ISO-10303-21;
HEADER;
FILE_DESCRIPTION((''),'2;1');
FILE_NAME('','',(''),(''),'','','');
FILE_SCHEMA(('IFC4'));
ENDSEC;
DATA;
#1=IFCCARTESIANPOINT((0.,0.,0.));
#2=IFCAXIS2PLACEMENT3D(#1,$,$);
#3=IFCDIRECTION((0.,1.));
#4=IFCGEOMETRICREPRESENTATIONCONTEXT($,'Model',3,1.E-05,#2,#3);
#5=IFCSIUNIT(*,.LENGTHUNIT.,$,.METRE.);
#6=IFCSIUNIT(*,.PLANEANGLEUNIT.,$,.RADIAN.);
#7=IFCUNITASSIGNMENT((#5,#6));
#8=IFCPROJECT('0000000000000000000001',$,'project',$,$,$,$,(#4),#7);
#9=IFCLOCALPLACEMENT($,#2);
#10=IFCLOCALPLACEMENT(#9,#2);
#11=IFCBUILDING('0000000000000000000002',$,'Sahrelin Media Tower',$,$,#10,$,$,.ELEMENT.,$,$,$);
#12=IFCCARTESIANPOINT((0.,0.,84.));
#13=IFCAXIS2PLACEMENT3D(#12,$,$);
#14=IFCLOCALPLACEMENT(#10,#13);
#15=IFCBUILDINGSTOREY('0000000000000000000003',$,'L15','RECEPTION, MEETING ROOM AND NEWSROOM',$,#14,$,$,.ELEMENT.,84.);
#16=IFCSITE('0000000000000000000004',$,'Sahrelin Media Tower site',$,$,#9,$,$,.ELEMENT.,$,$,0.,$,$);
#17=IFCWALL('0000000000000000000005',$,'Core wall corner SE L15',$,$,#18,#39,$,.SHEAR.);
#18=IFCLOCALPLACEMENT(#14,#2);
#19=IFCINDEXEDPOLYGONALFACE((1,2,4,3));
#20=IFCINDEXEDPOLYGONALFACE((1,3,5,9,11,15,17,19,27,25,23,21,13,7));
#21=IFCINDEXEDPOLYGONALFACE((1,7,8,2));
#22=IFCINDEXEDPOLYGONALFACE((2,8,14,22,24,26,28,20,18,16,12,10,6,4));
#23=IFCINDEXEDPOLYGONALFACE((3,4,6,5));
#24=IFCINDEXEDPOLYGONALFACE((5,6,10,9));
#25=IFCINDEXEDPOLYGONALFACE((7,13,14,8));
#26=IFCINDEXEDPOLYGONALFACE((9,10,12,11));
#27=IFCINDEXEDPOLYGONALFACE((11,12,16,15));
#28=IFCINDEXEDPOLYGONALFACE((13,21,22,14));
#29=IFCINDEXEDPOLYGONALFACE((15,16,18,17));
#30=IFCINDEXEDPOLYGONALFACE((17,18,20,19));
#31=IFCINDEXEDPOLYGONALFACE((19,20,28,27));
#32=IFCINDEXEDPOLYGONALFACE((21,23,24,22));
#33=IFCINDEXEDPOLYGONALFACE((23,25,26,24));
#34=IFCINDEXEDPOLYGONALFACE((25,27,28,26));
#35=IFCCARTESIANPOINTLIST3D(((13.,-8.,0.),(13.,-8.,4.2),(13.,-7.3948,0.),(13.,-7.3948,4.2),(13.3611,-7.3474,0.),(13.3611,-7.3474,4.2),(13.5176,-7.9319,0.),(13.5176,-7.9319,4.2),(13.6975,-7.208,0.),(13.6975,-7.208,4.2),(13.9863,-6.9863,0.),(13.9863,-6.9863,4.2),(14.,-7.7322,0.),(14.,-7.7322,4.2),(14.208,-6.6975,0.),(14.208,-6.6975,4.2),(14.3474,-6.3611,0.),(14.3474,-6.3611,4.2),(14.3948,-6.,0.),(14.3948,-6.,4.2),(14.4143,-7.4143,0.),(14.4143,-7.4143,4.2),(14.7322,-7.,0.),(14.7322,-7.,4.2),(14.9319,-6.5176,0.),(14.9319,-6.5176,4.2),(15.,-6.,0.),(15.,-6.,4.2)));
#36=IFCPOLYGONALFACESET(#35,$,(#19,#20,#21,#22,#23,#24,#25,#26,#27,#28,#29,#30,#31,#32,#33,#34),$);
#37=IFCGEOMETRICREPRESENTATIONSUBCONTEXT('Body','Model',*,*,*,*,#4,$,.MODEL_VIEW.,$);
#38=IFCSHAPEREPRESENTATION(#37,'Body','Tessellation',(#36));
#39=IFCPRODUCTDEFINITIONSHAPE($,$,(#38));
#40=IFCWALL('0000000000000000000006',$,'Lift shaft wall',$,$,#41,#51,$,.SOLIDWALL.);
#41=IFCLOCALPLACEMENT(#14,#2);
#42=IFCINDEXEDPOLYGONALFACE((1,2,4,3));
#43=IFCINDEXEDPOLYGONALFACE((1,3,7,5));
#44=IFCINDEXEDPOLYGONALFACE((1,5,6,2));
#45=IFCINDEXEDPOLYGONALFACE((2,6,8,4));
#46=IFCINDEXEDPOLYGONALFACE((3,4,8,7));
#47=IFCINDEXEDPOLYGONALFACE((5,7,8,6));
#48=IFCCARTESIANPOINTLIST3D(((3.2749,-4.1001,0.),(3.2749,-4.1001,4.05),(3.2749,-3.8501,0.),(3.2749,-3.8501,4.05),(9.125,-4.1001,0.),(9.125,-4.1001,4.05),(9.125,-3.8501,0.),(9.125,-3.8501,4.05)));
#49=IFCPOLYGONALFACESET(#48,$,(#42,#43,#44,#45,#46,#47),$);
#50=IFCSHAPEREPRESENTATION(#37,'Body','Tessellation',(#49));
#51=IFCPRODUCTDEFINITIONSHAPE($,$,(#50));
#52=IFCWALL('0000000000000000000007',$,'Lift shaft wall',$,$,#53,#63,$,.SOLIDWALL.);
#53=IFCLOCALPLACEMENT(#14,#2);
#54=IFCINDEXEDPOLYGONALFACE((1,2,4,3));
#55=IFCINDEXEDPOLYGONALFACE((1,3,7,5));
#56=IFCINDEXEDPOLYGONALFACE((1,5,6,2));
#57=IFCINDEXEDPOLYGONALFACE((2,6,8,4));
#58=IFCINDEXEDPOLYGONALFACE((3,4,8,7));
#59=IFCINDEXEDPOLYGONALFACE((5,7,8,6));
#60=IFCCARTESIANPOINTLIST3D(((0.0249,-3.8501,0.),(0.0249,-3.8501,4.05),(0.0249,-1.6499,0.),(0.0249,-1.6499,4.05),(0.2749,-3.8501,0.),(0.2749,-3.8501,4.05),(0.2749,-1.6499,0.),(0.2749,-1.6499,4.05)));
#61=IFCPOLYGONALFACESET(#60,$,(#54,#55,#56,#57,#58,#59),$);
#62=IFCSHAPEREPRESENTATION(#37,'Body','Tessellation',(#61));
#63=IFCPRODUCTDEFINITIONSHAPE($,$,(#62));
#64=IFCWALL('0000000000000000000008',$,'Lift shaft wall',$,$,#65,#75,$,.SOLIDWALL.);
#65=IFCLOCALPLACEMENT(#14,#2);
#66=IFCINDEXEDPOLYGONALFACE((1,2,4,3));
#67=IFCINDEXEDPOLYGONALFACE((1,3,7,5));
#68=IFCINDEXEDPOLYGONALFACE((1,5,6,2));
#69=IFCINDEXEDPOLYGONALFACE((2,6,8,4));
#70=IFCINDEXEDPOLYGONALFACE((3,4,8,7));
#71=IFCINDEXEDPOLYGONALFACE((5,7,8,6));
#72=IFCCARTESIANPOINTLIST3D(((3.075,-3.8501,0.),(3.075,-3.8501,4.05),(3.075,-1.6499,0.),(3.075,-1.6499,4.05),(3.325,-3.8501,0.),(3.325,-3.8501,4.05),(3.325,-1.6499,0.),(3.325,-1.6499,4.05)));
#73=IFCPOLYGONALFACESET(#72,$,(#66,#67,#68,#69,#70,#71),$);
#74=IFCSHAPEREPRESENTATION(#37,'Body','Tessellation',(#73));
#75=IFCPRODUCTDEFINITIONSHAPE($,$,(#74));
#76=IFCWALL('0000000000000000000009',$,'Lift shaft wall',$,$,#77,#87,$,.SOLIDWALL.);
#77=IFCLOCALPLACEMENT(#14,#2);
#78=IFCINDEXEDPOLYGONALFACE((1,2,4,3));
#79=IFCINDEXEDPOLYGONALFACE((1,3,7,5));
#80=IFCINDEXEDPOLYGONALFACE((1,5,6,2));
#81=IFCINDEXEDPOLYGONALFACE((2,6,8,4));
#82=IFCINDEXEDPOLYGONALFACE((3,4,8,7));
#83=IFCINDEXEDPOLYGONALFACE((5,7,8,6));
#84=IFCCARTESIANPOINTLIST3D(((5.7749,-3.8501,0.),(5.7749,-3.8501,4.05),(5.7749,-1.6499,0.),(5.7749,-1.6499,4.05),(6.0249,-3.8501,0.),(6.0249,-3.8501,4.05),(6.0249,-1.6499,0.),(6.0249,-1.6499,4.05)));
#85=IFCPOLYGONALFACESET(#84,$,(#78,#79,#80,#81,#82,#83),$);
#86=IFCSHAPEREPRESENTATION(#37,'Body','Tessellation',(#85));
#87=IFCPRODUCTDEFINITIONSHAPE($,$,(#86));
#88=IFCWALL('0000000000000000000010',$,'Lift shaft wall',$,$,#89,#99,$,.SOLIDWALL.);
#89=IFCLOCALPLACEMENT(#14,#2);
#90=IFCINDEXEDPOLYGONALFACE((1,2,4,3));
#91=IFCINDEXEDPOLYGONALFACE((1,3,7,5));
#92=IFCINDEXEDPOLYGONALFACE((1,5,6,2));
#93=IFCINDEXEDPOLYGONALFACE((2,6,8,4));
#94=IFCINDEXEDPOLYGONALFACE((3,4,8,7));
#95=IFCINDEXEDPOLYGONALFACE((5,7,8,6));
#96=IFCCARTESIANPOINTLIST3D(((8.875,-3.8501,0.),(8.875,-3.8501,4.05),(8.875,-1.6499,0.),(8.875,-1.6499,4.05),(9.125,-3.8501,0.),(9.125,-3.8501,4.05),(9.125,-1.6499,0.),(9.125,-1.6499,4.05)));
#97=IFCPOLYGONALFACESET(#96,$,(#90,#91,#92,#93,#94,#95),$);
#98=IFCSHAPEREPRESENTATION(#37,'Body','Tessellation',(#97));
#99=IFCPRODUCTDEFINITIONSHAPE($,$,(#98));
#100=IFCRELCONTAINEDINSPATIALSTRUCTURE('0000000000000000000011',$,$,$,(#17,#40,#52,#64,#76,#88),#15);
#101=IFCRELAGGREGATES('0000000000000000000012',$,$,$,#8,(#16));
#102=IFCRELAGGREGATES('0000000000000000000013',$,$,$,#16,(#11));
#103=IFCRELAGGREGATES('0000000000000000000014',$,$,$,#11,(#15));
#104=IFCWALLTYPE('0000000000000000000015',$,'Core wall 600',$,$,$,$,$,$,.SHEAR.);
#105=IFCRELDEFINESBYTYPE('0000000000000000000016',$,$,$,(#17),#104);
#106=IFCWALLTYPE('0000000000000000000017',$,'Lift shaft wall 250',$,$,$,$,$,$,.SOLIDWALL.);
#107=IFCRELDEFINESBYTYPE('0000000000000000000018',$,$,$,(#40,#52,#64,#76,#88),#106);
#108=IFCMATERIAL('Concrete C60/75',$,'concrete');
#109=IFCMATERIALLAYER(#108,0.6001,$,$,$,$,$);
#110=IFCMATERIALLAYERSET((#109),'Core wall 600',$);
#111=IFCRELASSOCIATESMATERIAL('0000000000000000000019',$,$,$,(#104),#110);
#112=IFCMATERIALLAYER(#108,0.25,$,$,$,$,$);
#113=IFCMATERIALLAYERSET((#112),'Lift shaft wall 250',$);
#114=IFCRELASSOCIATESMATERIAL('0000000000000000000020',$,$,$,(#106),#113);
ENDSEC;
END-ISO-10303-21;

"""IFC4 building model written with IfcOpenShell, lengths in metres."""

from ifc_helpers import new_model, si_unit, direction, frame, frame_2d, origin, place, context, subcontext, project, spatial, polyline, rectangle, outline, extrude, material, layer, layer_set, type_object, element, save


model = new_model("IFC4")

# Units and contexts
model_context = context("Model", 3, precision=1e-05, world=origin(), true_north=direction((0.0, 1.0)))
body_context = subcontext(model_context, "Body", "Model", "MODEL_VIEW")
ifc_project = project(units=[si_unit("LENGTHUNIT", "METRE"), si_unit("PLANEANGLEUNIT", "RADIAN")], contexts=[model_context])

# Site, building, storey
site_placement = place(None, origin())
site = spatial("IfcSite", under=ifc_project, at=site_placement, Name="Sahrelin Media Tower site", CompositionType="ELEMENT", RefElevation=0.0)
building_placement = place(site_placement, origin())
building = spatial("IfcBuilding", under=site, at=building_placement, Name="Sahrelin Media Tower", CompositionType="ELEMENT")
storey_placement = place(building_placement, frame((0.0, 0.0, 84.0)))
storey = spatial("IfcBuildingStorey", under=building, at=storey_placement, Name="L15", Description="RECEPTION, MEETING ROOM AND NEWSROOM", CompositionType="ELEMENT", Elevation=84.0)

# Shared definitions
placement_1 = place(storey_placement, origin())

# Walls
ifc_material_1 = material(Name="Concrete C60/75", Category="concrete")
ifc_layer_1 = layer(ifc_material_1, 0.6001)
ifc_layer_set_1 = layer_set([ifc_layer_1], Name="Core wall 600")
wall_type_1 = type_object("IfcWallType", Name="Core wall 600", PredefinedType="SHEAR", material=ifc_layer_set_1)
element("IfcWall", 1, at=placement_1, inside=storey, type_object=wall_type_1, Name="Core wall corner SE L15", PredefinedType="SHEAR", context=body_context, shape_type="SweptSolid", body=[
    extrude(outline(polyline([(15.0, -6.0), (14.3948, -6.0), (14.3474, -6.3611), (14.208, -6.6975), (13.9863, -6.9863), (13.6975, -7.208), (13.3611, -7.3474), (13.0, -7.3948), (13.0, -8.0), (13.5176, -7.9319), (14.0, -7.7322), (14.4143, -7.4143), (14.7322, -7.0), (14.9319, -6.5176), (15.0, -6.0)])), origin(), (0.0, 0.0, 1.0), 4.2),
])
ifc_layer_2 = layer(ifc_material_1, 0.25)
ifc_layer_set_2 = layer_set([ifc_layer_2], Name="Lift shaft wall 250")
wall_type_2 = type_object("IfcWallType", Name="Lift shaft wall 250", PredefinedType="SOLIDWALL", material=ifc_layer_set_2)
wall_1_placement = place(storey_placement, frame((3.2749, -3.9751, 0.0), z_axis=(0.0, 0.0, 1.0), x_axis=(1.0, 0.0, 0.0)))
element("IfcWall", 2, at=wall_1_placement, inside=storey, type_object=wall_type_2, Name="Lift shaft wall", PredefinedType="SOLIDWALL", context=body_context, shape_type="SweptSolid", body=[
    extrude(rectangle(XDim=5.8501, YDim=0.25, at=frame_2d((2.925, 0.0))), origin(), (0.0, 0.0, 1.0), 4.05),
])
for number, where, z_axis, x_axis, name in (
    (3, (0.1499, -3.8501, 0.0), (0.0, 0.0, 1.0), (0.0, 1.0, 0.0), "Lift shaft wall"),
    (4, (3.2, -3.8501, 0.0), (0.0, 0.0, 1.0), (0.0, 1.0, 0.0), "Lift shaft wall"),
    (5, (5.8999, -3.8501, 0.0), (0.0, 0.0, 1.0), (0.0, 1.0, 0.0), "Lift shaft wall"),
    (6, (9.0, -3.8501, 0.0), (0.0, 0.0, 1.0), (0.0, 1.0, 0.0), "Lift shaft wall"),
):
    element("IfcWall", number, at=place(storey_placement, frame(where, z_axis=z_axis, x_axis=x_axis)), inside=storey, type_object=wall_type_2, Name=name, PredefinedType="SOLIDWALL", context=body_context, shape_type="SweptSolid", body=[
        extrude(rectangle(XDim=2.2002, YDim=0.25, at=frame_2d((1.1001, 0.0))), origin(), (0.0, 0.0, 1.0), 4.05),
    ])

save(model, "model.ifc")
